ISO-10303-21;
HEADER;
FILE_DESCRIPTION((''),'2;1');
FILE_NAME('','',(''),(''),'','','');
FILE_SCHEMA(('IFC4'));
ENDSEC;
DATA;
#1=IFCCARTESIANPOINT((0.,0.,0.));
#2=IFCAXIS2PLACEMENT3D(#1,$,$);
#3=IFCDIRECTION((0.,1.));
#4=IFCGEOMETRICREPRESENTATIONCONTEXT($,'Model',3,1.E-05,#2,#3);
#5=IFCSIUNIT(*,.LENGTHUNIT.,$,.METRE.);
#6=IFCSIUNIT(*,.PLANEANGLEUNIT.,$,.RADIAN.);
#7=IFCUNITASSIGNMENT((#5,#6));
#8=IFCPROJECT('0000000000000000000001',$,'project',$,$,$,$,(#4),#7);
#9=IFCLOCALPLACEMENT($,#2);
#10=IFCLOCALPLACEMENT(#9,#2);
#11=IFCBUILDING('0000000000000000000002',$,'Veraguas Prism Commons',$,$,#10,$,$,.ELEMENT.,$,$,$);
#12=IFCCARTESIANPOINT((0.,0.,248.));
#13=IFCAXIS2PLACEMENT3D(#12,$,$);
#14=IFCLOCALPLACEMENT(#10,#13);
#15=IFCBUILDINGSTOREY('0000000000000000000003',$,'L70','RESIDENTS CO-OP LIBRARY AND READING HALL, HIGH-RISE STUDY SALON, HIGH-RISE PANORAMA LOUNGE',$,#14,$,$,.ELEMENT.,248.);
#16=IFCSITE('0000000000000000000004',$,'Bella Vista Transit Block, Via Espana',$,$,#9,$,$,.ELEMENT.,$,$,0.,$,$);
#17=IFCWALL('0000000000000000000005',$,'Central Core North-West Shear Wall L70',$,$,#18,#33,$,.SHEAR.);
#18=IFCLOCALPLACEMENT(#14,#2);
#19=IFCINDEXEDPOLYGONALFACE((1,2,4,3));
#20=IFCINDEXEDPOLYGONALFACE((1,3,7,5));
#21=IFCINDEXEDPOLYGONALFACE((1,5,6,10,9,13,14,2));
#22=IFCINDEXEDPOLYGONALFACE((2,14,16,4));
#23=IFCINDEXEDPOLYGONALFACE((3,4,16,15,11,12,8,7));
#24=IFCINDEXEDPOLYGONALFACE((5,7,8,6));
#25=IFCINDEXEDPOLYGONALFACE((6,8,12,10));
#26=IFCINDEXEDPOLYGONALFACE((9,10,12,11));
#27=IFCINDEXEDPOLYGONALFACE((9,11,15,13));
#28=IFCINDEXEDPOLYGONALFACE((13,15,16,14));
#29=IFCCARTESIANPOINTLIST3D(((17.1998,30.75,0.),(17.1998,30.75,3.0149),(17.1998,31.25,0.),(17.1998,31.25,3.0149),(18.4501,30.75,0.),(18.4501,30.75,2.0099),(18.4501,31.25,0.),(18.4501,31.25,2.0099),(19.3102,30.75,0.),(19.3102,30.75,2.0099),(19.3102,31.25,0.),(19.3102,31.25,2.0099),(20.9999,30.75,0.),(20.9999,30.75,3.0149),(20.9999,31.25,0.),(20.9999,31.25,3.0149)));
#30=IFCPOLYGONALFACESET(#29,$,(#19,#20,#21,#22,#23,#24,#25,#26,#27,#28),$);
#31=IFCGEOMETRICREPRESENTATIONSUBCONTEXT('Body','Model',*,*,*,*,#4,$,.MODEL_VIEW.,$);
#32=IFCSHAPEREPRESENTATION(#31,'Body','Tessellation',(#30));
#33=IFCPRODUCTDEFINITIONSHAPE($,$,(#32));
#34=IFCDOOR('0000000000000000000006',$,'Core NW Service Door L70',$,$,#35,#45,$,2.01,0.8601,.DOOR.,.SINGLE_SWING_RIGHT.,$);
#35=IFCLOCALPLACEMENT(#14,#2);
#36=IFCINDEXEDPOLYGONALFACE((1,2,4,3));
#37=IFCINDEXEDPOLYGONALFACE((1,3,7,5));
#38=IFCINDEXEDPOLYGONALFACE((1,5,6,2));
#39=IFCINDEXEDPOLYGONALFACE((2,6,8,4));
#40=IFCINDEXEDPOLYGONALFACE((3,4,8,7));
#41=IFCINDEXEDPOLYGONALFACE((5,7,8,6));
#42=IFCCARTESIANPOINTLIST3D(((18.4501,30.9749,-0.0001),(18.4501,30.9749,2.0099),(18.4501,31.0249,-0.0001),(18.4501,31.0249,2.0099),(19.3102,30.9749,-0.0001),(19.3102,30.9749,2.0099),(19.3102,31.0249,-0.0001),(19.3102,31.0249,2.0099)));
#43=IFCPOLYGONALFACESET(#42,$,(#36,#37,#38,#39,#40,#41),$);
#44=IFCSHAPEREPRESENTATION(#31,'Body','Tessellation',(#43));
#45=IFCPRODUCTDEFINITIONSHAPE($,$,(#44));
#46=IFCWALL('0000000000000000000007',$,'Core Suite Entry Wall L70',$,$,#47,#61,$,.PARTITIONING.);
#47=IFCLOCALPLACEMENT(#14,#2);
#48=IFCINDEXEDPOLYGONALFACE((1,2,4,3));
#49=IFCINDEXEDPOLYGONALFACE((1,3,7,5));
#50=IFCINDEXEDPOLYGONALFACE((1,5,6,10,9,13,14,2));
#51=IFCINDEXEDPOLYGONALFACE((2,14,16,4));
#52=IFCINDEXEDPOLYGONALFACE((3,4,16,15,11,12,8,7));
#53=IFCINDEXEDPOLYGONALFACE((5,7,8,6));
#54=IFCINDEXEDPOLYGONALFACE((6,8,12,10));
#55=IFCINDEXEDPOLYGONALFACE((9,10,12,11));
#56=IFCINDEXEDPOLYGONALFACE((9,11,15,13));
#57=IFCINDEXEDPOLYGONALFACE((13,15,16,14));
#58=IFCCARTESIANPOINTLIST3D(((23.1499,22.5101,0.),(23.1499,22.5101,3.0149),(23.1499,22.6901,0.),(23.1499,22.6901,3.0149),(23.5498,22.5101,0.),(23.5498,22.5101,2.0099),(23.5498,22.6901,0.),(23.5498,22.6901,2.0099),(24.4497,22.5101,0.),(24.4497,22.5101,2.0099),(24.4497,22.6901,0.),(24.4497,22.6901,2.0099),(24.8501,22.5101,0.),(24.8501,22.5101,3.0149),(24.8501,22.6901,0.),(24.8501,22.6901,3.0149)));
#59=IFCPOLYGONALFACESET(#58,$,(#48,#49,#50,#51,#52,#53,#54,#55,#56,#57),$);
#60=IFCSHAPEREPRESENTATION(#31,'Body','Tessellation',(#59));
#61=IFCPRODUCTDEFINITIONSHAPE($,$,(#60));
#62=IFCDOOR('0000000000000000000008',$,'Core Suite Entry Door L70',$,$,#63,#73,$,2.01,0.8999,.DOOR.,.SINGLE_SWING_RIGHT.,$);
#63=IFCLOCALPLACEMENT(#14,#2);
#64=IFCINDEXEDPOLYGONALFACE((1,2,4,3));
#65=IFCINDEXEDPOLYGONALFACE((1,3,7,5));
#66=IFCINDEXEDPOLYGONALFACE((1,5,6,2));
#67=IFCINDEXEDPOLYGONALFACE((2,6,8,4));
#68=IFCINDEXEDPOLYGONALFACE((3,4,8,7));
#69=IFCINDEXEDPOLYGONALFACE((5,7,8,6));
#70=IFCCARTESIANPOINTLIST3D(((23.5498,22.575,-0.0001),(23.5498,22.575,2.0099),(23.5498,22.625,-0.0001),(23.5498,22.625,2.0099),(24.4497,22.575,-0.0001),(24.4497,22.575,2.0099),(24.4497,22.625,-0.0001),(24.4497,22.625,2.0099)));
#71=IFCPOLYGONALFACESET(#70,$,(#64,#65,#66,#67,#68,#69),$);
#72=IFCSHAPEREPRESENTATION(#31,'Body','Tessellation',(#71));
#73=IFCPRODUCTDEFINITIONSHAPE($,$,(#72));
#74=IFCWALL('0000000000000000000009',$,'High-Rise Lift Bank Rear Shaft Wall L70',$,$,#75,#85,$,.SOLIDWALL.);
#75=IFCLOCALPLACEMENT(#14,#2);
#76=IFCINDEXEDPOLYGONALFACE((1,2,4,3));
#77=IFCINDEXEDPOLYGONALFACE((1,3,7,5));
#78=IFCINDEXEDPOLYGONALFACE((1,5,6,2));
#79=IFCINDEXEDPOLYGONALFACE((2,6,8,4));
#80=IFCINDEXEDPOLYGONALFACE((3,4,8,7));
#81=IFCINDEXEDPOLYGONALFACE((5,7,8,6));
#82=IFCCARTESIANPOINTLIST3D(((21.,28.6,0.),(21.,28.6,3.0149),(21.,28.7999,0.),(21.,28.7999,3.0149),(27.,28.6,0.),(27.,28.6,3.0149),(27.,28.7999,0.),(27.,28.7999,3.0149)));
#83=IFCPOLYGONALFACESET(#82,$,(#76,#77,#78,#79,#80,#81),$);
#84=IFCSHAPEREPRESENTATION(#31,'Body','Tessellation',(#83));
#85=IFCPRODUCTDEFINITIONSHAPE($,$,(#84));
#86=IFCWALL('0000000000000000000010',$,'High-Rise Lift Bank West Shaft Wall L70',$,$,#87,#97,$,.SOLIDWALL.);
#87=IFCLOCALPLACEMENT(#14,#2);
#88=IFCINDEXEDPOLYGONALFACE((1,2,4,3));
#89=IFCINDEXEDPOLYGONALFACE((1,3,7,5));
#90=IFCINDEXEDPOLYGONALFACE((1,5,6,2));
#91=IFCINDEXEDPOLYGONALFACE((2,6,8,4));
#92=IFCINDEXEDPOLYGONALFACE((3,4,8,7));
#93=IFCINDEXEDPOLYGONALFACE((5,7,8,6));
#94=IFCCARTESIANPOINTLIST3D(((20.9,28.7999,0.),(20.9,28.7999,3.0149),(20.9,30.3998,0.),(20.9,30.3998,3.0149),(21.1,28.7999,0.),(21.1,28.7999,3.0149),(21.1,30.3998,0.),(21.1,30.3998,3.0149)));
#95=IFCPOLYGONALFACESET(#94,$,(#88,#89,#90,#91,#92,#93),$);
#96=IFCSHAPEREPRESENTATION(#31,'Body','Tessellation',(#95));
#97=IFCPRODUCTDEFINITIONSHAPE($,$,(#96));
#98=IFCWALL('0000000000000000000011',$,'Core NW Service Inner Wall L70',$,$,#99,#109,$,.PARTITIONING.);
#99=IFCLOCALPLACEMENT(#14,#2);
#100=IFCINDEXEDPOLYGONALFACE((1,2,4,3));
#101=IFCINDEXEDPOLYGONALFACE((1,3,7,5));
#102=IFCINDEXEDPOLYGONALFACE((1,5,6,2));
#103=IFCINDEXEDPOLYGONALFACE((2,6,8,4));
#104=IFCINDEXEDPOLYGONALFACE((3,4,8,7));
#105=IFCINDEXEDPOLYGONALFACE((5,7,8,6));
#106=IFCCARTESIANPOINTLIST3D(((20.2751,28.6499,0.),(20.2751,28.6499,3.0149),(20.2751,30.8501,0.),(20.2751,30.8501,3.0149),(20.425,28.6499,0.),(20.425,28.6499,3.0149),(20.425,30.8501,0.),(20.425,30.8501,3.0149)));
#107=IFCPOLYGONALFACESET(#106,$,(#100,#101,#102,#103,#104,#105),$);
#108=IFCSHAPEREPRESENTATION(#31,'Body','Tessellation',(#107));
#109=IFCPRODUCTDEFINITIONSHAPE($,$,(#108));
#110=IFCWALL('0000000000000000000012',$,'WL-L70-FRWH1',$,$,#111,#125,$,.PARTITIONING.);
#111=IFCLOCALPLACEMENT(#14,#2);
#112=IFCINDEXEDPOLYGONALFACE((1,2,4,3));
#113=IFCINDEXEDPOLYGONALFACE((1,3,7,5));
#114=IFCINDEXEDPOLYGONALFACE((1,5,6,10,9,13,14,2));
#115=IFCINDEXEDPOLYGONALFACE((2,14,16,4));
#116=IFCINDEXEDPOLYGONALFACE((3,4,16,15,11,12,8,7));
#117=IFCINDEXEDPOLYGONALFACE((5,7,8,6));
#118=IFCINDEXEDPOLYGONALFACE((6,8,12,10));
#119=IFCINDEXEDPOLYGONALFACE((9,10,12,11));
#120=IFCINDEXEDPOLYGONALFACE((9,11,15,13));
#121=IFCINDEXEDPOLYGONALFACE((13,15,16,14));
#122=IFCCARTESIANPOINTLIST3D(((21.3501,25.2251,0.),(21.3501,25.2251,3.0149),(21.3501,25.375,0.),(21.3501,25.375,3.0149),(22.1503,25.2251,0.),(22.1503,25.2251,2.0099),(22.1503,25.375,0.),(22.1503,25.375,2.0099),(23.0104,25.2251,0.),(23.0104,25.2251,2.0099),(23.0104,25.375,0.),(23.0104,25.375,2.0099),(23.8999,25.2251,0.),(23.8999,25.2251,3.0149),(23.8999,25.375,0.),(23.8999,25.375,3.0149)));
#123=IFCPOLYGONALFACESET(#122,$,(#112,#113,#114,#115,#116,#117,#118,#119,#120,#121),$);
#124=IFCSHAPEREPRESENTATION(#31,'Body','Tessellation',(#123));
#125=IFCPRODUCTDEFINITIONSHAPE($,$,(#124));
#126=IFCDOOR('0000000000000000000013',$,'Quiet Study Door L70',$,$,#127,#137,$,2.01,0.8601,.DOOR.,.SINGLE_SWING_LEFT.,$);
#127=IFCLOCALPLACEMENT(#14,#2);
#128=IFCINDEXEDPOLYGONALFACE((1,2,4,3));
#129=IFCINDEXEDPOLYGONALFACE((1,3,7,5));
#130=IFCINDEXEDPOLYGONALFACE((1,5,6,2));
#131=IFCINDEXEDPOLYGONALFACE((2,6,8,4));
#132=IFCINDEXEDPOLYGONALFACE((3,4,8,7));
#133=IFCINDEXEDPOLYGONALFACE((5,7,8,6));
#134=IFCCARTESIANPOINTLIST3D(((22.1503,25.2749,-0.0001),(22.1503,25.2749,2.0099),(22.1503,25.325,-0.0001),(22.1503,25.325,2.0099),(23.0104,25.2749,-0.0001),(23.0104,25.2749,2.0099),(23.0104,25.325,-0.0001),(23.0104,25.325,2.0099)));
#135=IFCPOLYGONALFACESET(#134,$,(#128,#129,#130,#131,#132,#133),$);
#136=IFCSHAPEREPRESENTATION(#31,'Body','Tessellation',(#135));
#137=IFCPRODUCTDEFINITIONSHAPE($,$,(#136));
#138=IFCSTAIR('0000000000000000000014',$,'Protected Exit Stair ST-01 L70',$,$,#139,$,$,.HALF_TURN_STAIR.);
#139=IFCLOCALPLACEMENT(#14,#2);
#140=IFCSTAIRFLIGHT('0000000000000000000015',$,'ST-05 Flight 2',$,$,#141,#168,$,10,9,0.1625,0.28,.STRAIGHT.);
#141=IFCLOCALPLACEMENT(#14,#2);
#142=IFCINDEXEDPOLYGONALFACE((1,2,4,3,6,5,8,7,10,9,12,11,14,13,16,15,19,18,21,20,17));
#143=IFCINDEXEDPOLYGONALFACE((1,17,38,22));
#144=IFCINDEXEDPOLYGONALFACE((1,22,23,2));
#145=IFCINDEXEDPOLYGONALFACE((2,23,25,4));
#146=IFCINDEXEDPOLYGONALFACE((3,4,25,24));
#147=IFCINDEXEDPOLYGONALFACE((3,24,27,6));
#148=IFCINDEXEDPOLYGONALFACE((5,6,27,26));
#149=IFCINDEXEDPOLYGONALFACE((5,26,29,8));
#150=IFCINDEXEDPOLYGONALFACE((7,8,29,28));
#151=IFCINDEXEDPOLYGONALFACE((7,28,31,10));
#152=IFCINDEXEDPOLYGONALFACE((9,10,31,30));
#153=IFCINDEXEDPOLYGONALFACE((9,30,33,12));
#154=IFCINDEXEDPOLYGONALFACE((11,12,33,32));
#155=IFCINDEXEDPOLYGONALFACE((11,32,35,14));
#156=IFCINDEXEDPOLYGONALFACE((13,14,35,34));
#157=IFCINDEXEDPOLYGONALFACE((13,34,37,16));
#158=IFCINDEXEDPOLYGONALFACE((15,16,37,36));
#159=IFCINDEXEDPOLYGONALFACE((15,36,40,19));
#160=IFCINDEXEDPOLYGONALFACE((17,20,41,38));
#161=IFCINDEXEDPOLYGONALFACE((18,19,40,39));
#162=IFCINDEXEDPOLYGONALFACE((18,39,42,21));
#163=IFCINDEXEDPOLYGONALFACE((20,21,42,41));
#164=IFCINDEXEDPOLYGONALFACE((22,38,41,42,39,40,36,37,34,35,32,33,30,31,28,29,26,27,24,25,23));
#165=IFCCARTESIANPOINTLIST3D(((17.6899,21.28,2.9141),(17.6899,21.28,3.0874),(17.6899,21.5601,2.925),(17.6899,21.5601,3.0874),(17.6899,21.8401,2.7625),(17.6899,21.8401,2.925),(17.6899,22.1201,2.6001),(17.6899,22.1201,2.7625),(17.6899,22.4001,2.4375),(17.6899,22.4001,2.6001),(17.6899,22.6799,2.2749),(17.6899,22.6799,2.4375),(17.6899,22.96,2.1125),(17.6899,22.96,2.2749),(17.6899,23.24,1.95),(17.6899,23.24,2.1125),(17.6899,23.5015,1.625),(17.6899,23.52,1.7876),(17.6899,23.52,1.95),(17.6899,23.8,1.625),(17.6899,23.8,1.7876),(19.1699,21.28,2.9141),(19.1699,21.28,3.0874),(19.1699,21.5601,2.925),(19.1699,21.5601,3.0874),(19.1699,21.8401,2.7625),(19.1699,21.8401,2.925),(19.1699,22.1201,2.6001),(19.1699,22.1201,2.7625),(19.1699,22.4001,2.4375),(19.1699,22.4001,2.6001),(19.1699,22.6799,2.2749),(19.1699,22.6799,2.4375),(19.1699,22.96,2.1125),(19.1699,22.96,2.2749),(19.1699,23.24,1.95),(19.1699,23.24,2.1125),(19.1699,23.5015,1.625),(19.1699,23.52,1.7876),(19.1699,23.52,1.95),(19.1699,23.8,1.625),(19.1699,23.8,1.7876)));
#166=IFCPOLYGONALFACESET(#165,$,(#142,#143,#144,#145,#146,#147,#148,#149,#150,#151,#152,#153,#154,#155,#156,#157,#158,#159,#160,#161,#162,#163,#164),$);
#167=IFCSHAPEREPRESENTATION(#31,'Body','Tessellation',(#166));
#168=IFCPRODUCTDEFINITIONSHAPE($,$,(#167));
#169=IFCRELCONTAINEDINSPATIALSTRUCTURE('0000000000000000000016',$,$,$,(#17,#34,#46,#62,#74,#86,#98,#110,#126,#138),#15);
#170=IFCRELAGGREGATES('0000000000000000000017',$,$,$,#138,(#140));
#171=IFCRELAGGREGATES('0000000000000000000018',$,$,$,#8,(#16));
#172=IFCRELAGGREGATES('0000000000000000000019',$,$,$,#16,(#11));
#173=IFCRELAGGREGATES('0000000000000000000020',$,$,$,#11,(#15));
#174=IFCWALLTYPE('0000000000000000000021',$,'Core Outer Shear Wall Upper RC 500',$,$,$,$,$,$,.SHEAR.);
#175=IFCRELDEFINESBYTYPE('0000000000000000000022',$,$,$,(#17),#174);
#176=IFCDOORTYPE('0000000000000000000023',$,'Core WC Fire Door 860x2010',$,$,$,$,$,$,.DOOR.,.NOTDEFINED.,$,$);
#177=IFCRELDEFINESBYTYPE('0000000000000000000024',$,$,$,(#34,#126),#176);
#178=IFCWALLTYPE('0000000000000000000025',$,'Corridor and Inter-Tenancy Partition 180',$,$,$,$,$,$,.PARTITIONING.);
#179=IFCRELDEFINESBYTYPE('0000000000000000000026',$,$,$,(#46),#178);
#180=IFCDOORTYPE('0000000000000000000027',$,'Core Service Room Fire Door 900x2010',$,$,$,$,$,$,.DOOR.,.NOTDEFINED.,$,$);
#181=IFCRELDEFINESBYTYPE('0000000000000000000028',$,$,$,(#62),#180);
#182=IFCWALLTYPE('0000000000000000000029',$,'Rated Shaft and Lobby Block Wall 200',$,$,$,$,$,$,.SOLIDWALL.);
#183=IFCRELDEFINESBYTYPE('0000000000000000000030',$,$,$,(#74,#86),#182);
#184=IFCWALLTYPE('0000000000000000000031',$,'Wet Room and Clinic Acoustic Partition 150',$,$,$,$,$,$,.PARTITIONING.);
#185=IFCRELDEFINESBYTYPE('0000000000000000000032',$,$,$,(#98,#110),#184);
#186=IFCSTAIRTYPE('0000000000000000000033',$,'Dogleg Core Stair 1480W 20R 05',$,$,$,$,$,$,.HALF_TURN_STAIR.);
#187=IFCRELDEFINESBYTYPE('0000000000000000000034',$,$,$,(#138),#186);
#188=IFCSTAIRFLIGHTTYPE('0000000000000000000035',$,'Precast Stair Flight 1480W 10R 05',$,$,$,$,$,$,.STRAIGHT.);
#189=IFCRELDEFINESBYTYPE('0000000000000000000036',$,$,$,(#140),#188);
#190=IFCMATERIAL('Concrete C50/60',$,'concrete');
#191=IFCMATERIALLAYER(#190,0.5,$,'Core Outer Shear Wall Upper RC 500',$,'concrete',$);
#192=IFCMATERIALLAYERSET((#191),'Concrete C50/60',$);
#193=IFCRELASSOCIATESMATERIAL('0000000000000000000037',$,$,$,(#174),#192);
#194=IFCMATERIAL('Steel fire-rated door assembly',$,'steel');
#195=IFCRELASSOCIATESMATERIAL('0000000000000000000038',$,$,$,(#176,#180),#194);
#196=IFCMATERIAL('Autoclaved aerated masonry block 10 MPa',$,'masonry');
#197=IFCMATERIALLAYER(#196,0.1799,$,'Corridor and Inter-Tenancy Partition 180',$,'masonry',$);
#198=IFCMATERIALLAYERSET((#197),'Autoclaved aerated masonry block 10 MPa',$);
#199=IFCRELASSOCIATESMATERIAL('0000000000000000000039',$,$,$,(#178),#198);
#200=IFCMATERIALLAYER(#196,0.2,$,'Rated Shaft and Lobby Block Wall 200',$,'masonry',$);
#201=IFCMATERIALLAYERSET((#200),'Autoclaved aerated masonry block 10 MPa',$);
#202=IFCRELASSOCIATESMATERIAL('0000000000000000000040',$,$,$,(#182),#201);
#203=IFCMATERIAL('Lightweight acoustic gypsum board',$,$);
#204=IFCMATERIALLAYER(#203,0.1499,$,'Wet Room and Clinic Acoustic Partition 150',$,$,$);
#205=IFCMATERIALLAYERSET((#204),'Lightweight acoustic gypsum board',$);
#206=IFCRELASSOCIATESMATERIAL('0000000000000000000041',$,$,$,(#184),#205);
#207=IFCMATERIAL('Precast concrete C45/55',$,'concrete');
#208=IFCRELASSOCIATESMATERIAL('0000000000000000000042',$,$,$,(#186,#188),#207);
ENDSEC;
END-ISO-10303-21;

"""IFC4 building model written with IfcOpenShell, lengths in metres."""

from ifc_helpers import new_model, si_unit, direction, frame, frame_2d, origin, place, context, subcontext, project, spatial, polyline, rectangle, outline, extrude, source, transform, mapped, material, layer, layer_set, type_object, element, fill, aggregate, save


model = new_model("IFC4")

# Units and contexts
model_context = context("Model", 3, precision=1e-05, world=origin(), true_north=direction((0.0, 1.0)))
body_context = subcontext(model_context, "Body", "Model", "MODEL_VIEW")
ifc_project = project(units=[si_unit("LENGTHUNIT", "METRE"), si_unit("PLANEANGLEUNIT", "RADIAN")], contexts=[model_context])

# Site, building, storey
site_placement = place(None, origin())
site = spatial("IfcSite", under=ifc_project, at=site_placement, Name="Bella Vista Transit Block, Via Espana", CompositionType="ELEMENT", RefElevation=0.0)
building_placement = place(site_placement, origin())
building = spatial("IfcBuilding", under=site, at=building_placement, Name="Veraguas Prism Commons", CompositionType="ELEMENT")
storey_placement = place(building_placement, frame((0.0, 0.0, 248.0)))
storey = spatial("IfcBuildingStorey", under=building, at=storey_placement, Name="L70", Description="RESIDENTS CO-OP LIBRARY AND READING HALL, HIGH-RISE STUDY SALON, HIGH-RISE PANORAMA LOUNGE", CompositionType="ELEMENT", Elevation=248.0)

# Shared definitions
ifc_material_1 = material(Name="Concrete C50/60", Category="concrete")

# Walls, openings, doors
ifc_layer_1 = layer(ifc_material_1, 0.5, Name="Core Outer Shear Wall Upper RC 500", Category="concrete")
ifc_layer_set_1 = layer_set([ifc_layer_1], Name="Concrete C50/60")
wall_type_1 = type_object("IfcWallType", Name="Core Outer Shear Wall Upper RC 500", PredefinedType="SHEAR", material=ifc_layer_set_1)
wall_1_placement = place(storey_placement, frame((17.2, 31.0, 0.0), z_axis=(0.0, 0.0, 1.0), x_axis=(1.0, 0.0, 0.0)))
wall_1 = element("IfcWall", 1, at=wall_1_placement, inside=storey, type_object=wall_type_1, Name="Central Core North-West Shear Wall L70", PredefinedType="SHEAR", context=body_context, shape_type="SweptSolid", body=[
    extrude(rectangle(XDim=3.8, YDim=0.5, at=frame_2d((1.8999, 0.0))), origin(), (0.0, 0.0, 1.0), 3.0149),
])
opening_1_placement = place(wall_1_placement, frame((1.25, 0.0, 0.0)))
opening_1 = element("IfcOpeningElement", 2, at=opening_1_placement, cuts=wall_1, PredefinedType="OPENING", context=body_context, shape_type="SweptSolid", body=[
    extrude(rectangle(XDim=0.8601, YDim=2.01, at=frame_2d((0.4302, 1.0049))), frame((0.0, 0.26, 0.0), z_axis=(0.0, -1.0, 0.0), x_axis=(1.0, 0.0, 0.0)), (0.0, 0.0, 1.0), 0.52),
])
ifc_material_2 = material(Name="Steel fire-rated door assembly", Category="steel")
door_type_1 = type_object("IfcDoorType", Name="Core WC Fire Door 860x2010", OperationType="NOTDEFINED", PredefinedType="DOOR", material=ifc_material_2)
shared_shape_1 = source(origin(), body_context, "Body", "SweptSolid", [
    extrude(rectangle(XDim=0.8601, YDim=2.01, at=frame_2d((0.4302, 1.0049))), frame((0.0, 0.0249, 0.0), z_axis=(0.0, -1.0, 0.0), x_axis=(1.0, 0.0, 0.0)), (0.0, 0.0, 1.0), 0.05),
])
door_1_placement = place(opening_1_placement, origin())
door_1 = element("IfcDoor", 3, at=door_1_placement, inside=storey, type_object=door_type_1, Name="Core NW Service Door L70", OperationType="SINGLE_SWING_RIGHT", OverallHeight=2.01, OverallWidth=0.8601, PredefinedType="DOOR", context=body_context, shape_type="MappedRepresentation", body=[
    mapped(shared_shape_1, transform((0.0, 0.0, 0.0), scale=1.0)),
])
fill(opening_1, door_1)
ifc_material_3 = material(Name="Autoclaved aerated masonry block 10 MPa", Category="masonry")
ifc_layer_2 = layer(ifc_material_3, 0.1799, Name="Corridor and Inter-Tenancy Partition 180", Category="masonry")
ifc_layer_set_2 = layer_set([ifc_layer_2], Name="Autoclaved aerated masonry block 10 MPa")
wall_type_2 = type_object("IfcWallType", Name="Corridor and Inter-Tenancy Partition 180", PredefinedType="PARTITIONING", material=ifc_layer_set_2)
wall_2_placement = place(storey_placement, frame((23.1499, 22.6001, 0.0), z_axis=(0.0, 0.0, 1.0), x_axis=(1.0, 0.0, 0.0)))
wall_2 = element("IfcWall", 4, at=wall_2_placement, inside=storey, type_object=wall_type_2, Name="Core Suite Entry Wall L70", PredefinedType="PARTITIONING", context=body_context, shape_type="SweptSolid", body=[
    extrude(rectangle(XDim=1.7002, YDim=0.1799, at=frame_2d((0.8501, 0.0))), origin(), (0.0, 0.0, 1.0), 3.0149),
])
opening_2_placement = place(wall_2_placement, frame((0.3999, 0.0, 0.0)))
opening_2 = element("IfcOpeningElement", 5, at=opening_2_placement, cuts=wall_2, PredefinedType="OPENING", context=body_context, shape_type="SweptSolid", body=[
    extrude(rectangle(XDim=0.8999, YDim=2.01, at=frame_2d((0.45, 1.0049))), frame((0.0, 0.0999, 0.0), z_axis=(0.0, -1.0, 0.0), x_axis=(1.0, 0.0, 0.0)), (0.0, 0.0, 1.0), 0.2),
])
door_type_2 = type_object("IfcDoorType", Name="Core Service Room Fire Door 900x2010", OperationType="NOTDEFINED", PredefinedType="DOOR", material=ifc_material_2)
shared_shape_2 = source(origin(), body_context, "Body", "SweptSolid", [
    extrude(rectangle(XDim=0.8999, YDim=2.01, at=frame_2d((0.45, 1.0049))), frame((0.0, 0.0249, 0.0), z_axis=(0.0, -1.0, 0.0), x_axis=(1.0, 0.0, 0.0)), (0.0, 0.0, 1.0), 0.05),
])
door_2_placement = place(opening_2_placement, origin())
door_2 = element("IfcDoor", 6, at=door_2_placement, inside=storey, type_object=door_type_2, Name="Core Suite Entry Door L70", OperationType="SINGLE_SWING_RIGHT", OverallHeight=2.01, OverallWidth=0.8999, PredefinedType="DOOR", context=body_context, shape_type="MappedRepresentation", body=[
    mapped(shared_shape_2, transform((0.0, 0.0, 0.0), scale=1.0)),
])
fill(opening_2, door_2)

# Walls
ifc_layer_3 = layer(ifc_material_3, 0.2, Name="Rated Shaft and Lobby Block Wall 200", Category="masonry")
ifc_layer_set_3 = layer_set([ifc_layer_3], Name="Autoclaved aerated masonry block 10 MPa")
wall_type_3 = type_object("IfcWallType", Name="Rated Shaft and Lobby Block Wall 200", PredefinedType="SOLIDWALL", material=ifc_layer_set_3)
wall_3_placement = place(storey_placement, frame((21.0, 28.7, 0.0), z_axis=(0.0, 0.0, 1.0), x_axis=(1.0, 0.0, 0.0)))
element("IfcWall", 7, at=wall_3_placement, inside=storey, type_object=wall_type_3, Name="High-Rise Lift Bank Rear Shaft Wall L70", PredefinedType="SOLIDWALL", context=body_context, shape_type="SweptSolid", body=[
    extrude(rectangle(XDim=6.0, YDim=0.2, at=frame_2d((3.0, 0.0))), origin(), (0.0, 0.0, 1.0), 3.0149),
])
wall_4_placement = place(storey_placement, frame((21.0, 28.8, 0.0), z_axis=(0.0, 0.0, 1.0), x_axis=(0.0, 1.0, 0.0)))
element("IfcWall", 8, at=wall_4_placement, inside=storey, type_object=wall_type_3, Name="High-Rise Lift Bank West Shaft Wall L70", PredefinedType="SOLIDWALL", context=body_context, shape_type="SweptSolid", body=[
    extrude(rectangle(XDim=1.5999, YDim=0.2, at=frame_2d((0.7998, 0.0))), origin(), (0.0, 0.0, 1.0), 3.0149),
])
ifc_material_4 = material(Name="Lightweight acoustic gypsum board")
ifc_layer_4 = layer(ifc_material_4, 0.1499, Name="Wet Room and Clinic Acoustic Partition 150")
ifc_layer_set_4 = layer_set([ifc_layer_4], Name="Lightweight acoustic gypsum board")
wall_type_4 = type_object("IfcWallType", Name="Wet Room and Clinic Acoustic Partition 150", PredefinedType="PARTITIONING", material=ifc_layer_set_4)
wall_5_placement = place(storey_placement, frame((20.3501, 28.6499, 0.0), z_axis=(0.0, 0.0, 1.0), x_axis=(0.0, 1.0, 0.0)))
element("IfcWall", 9, at=wall_5_placement, inside=storey, type_object=wall_type_4, Name="Core NW Service Inner Wall L70", PredefinedType="PARTITIONING", context=body_context, shape_type="SweptSolid", body=[
    extrude(rectangle(XDim=2.2002, YDim=0.1499, at=frame_2d((1.1001, 0.0))), origin(), (0.0, 0.0, 1.0), 3.0149),
])

# Wall, opening, door
wall_6_placement = place(storey_placement, frame((21.3501, 25.3, 0.0), z_axis=(0.0, 0.0, 1.0), x_axis=(1.0, 0.0, 0.0)))
wall_6 = element("IfcWall", 10, at=wall_6_placement, inside=storey, type_object=wall_type_4, Name="WL-L70-FRWH1", PredefinedType="PARTITIONING", context=body_context, shape_type="SweptSolid", body=[
    extrude(rectangle(XDim=2.5498, YDim=0.1499, at=frame_2d((1.2749, 0.0))), origin(), (0.0, 0.0, 1.0), 3.0149),
])
opening_3_placement = place(wall_6_placement, frame((0.8, 0.0, 0.0)))
opening_3 = element("IfcOpeningElement", 11, at=opening_3_placement, cuts=wall_6, PredefinedType="OPENING", context=body_context, shape_type="SweptSolid", body=[
    extrude(rectangle(XDim=0.8601, YDim=2.01, at=frame_2d((0.4302, 1.0049))), frame((0.0, 0.085, 0.0), z_axis=(0.0, -1.0, 0.0), x_axis=(1.0, 0.0, 0.0)), (0.0, 0.0, 1.0), 0.1699),
])
door_3_placement = place(opening_3_placement, origin())
door_3 = element("IfcDoor", 12, at=door_3_placement, inside=storey, type_object=door_type_1, Name="Quiet Study Door L70", OperationType="SINGLE_SWING_LEFT", OverallHeight=2.01, OverallWidth=0.8601, PredefinedType="DOOR", context=body_context, shape_type="MappedRepresentation", body=[
    mapped(shared_shape_1, transform((0.0, 0.0, 0.0), scale=1.0)),
])
fill(opening_3, door_3)

# Stair, stair flight
ifc_material_5 = material(Name="Precast concrete C45/55", Category="concrete")
stair_type = type_object("IfcStairType", Name="Dogleg Core Stair 1480W 20R 05", PredefinedType="HALF_TURN_STAIR", material=ifc_material_5)
stair_placement = place(storey_placement, origin())
stair = element("IfcStair", 13, at=stair_placement, inside=storey, type_object=stair_type, Name="Protected Exit Stair ST-01 L70", PredefinedType="HALF_TURN_STAIR")
stair_flight_type = type_object("IfcStairFlightType", Name="Precast Stair Flight 1480W 10R 05", PredefinedType="STRAIGHT", material=ifc_material_5)
stair_flight_placement = place(storey_placement, frame((18.4299, 23.8, 1.625), z_axis=(0.0, 0.0, 1.0), x_axis=(0.0, -1.0, 0.0)))
stair_flight = element("IfcStairFlight", 14, at=stair_flight_placement, type_object=stair_flight_type, Name="ST-05 Flight 2", NumberOfRisers=10, NumberOfTreads=9, PredefinedType="STRAIGHT", RiserHeight=0.1625, TreadLength=0.28, context=body_context, shape_type="SweptSolid", body=[
    extrude(outline(polyline([(0.0, 0.0), (0.0, 0.1626), (0.28, 0.1626), (0.28, 0.325), (0.5601, 0.325), (0.5601, 0.4875), (0.8401, 0.4875), (0.8401, 0.6499), (1.1201, 0.6499), (1.1201, 0.8125), (1.3999, 0.8125), (1.3999, 0.9751), (1.6799, 0.9751), (1.6799, 1.1375), (1.96, 1.1375), (1.96, 1.3), (2.24, 1.3), (2.24, 1.4624), (2.52, 1.4624), (2.52, 1.625), (2.52, 1.2891), (0.2986, 0.0), (0.0, 0.0)])), frame((0.0, 0.74, 0.0), z_axis=(0.0, -1.0, 0.0), x_axis=(1.0, 0.0, 0.0)), (0.0, 0.0, 1.0), 1.48),
])
aggregate(stair, [stair_flight])

save(model, "model.ifc")
